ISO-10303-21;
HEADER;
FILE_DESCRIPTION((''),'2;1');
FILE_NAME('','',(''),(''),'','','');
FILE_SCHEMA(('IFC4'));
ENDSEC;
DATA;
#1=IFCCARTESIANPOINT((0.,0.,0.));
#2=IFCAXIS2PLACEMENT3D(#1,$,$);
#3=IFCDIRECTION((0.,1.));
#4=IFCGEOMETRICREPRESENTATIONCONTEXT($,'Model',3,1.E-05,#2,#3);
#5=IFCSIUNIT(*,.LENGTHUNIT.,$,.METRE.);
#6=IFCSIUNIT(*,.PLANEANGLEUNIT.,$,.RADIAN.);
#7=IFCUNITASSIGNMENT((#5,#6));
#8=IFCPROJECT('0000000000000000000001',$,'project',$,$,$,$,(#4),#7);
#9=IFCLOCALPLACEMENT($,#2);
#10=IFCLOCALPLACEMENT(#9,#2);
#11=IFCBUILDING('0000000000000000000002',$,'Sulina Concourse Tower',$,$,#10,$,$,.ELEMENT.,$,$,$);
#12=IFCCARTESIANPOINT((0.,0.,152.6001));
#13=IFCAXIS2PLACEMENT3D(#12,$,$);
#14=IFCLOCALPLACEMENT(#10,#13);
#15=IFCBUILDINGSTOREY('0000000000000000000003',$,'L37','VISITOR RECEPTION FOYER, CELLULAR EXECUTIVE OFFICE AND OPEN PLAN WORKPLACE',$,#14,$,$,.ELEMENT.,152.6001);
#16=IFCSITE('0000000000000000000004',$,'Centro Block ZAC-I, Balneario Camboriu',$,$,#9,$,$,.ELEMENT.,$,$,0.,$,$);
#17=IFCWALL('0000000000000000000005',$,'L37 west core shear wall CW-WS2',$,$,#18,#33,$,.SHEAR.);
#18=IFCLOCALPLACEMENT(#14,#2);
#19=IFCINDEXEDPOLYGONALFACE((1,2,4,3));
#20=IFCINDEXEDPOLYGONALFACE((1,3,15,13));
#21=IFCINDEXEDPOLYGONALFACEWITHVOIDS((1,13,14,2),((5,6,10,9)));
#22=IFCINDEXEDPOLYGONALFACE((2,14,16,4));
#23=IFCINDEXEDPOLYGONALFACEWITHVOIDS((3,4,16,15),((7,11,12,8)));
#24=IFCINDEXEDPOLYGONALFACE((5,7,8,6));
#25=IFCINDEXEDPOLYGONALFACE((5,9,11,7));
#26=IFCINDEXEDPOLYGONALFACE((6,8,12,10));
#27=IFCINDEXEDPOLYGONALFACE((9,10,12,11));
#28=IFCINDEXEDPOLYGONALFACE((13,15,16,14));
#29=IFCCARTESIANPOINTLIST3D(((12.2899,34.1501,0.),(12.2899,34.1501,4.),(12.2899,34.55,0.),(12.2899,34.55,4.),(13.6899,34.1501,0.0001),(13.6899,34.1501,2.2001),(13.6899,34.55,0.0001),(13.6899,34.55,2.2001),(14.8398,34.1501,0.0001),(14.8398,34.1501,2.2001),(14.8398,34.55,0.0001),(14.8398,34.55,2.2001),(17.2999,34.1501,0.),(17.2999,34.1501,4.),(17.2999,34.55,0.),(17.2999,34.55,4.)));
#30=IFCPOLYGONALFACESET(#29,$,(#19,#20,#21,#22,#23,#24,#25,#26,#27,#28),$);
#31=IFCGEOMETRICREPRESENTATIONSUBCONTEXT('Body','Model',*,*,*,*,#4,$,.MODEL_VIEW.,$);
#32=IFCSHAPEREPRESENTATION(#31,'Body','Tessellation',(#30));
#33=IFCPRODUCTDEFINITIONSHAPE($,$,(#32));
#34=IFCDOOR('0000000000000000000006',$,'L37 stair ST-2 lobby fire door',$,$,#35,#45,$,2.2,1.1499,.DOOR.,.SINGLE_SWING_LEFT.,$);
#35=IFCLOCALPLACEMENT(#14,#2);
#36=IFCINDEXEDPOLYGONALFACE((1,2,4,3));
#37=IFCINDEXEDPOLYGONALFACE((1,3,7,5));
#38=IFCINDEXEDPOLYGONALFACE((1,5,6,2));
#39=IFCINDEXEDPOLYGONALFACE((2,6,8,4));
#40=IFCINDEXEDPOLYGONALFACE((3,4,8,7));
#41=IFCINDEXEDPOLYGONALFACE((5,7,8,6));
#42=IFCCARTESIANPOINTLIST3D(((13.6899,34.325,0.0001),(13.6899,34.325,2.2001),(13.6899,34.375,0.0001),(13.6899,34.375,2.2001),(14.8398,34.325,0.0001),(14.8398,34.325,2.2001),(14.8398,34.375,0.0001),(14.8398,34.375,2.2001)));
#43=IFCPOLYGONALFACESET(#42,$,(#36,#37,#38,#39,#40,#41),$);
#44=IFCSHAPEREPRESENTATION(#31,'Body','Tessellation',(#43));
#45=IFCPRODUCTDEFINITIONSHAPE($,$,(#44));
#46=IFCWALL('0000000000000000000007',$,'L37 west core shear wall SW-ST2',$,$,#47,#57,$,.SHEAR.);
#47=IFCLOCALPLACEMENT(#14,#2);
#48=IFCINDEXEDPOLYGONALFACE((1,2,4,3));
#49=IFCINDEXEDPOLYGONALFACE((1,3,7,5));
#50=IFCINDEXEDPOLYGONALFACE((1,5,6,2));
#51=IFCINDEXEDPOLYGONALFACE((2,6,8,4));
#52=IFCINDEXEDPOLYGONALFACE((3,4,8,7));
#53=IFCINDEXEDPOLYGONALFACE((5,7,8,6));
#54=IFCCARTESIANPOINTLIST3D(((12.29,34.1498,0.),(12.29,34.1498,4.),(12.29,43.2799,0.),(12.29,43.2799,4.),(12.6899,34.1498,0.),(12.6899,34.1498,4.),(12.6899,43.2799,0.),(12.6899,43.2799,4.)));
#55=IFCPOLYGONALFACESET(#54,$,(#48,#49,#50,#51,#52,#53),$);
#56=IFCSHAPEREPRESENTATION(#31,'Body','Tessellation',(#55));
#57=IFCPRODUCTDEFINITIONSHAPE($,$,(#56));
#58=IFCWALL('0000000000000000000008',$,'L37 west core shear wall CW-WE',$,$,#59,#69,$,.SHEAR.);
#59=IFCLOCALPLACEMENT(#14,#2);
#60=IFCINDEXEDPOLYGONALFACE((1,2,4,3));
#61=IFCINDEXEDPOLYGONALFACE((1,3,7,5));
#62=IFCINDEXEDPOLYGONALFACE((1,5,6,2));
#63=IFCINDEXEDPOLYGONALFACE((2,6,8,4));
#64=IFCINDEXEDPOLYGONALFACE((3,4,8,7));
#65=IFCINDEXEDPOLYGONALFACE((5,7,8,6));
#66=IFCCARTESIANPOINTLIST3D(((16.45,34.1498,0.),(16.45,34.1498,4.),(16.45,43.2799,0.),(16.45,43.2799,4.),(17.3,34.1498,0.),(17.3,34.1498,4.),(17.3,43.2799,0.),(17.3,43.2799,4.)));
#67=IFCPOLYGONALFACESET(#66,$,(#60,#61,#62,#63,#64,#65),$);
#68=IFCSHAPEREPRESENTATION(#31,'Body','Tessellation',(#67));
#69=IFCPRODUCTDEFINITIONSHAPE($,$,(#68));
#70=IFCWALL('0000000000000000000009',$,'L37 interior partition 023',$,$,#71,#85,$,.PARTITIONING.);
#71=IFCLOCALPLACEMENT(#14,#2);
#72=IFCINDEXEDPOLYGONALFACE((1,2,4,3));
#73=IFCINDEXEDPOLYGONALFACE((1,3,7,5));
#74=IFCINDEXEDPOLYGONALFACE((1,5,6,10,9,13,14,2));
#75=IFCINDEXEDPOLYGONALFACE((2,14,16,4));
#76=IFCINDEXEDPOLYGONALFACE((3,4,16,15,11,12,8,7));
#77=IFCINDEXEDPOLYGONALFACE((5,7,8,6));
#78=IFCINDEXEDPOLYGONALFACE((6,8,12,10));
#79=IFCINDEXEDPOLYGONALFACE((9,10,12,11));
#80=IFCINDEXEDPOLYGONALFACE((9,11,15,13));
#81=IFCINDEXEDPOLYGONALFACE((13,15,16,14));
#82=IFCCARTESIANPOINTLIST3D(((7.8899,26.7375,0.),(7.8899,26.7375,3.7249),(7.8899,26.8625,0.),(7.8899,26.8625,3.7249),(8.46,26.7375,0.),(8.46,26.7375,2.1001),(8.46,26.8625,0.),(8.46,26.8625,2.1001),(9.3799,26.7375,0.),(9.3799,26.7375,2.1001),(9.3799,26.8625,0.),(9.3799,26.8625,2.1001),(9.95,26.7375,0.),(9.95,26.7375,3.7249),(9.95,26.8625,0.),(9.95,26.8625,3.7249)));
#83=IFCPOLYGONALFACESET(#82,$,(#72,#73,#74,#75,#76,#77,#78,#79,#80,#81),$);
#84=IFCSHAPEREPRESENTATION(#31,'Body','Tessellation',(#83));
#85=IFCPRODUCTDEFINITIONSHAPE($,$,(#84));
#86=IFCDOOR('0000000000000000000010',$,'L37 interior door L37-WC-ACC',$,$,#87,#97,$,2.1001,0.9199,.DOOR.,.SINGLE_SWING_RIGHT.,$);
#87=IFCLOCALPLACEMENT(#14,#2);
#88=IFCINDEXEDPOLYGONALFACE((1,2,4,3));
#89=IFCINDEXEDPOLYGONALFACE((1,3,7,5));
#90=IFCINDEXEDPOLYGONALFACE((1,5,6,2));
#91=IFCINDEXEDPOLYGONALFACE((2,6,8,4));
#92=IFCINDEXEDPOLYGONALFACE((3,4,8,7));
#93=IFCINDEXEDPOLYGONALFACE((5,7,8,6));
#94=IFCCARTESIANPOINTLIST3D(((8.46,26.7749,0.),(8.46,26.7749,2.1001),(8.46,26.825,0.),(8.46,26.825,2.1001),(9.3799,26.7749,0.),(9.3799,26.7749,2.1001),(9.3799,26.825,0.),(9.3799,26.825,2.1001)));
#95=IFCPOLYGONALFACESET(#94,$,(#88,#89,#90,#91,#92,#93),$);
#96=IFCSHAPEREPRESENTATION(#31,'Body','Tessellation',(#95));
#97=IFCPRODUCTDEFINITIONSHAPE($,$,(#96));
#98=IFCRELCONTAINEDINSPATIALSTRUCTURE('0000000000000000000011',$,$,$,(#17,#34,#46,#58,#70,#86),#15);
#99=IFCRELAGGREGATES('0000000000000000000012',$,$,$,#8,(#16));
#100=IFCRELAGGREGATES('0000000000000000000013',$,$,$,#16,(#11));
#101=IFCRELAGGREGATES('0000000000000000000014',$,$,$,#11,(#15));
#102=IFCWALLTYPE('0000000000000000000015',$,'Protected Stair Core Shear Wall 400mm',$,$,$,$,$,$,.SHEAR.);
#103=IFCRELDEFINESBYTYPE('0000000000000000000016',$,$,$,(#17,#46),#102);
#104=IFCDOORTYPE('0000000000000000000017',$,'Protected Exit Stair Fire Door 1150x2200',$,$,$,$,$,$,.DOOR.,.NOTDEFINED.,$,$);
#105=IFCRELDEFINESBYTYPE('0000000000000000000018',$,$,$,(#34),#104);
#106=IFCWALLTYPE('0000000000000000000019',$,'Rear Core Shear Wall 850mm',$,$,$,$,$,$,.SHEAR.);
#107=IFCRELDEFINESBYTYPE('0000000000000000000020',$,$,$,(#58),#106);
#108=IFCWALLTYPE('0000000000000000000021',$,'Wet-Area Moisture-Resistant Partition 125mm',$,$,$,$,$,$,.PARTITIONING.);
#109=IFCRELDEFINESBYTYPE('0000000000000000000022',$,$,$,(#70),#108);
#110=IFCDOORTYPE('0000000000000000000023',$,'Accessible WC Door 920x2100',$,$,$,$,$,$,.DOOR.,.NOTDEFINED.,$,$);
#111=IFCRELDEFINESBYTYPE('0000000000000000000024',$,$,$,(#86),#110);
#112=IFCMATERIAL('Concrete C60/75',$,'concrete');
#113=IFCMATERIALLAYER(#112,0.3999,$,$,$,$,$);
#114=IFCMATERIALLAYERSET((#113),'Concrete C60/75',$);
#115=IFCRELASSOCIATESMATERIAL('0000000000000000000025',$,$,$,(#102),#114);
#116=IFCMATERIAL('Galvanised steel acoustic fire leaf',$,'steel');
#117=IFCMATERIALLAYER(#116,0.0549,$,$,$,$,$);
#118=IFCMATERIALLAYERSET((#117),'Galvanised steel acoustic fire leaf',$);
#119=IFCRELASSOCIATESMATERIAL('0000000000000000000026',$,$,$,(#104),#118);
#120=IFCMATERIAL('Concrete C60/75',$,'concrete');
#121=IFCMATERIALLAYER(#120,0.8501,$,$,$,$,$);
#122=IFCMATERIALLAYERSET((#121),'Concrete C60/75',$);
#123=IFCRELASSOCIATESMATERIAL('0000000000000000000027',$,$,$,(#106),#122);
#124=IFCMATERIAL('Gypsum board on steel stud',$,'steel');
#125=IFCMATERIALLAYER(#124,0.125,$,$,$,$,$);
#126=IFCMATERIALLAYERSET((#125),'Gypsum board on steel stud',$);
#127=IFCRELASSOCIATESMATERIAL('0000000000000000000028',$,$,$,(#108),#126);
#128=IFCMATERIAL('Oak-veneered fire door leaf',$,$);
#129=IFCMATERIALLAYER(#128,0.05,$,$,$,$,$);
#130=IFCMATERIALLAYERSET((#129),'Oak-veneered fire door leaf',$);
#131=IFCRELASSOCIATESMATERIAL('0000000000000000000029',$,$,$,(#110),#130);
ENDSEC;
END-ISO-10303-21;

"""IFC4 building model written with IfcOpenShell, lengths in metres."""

from ifc_helpers import new_model, si_unit, direction, frame, frame_2d, origin, place, context, subcontext, project, spatial, rectangle, extrude, material, layer, layer_set, type_object, element, fill, save


model = new_model("IFC4")

# Units and contexts
model_context = context("Model", 3, precision=1e-05, world=origin(), true_north=direction((0.0, 1.0)))
body_context = subcontext(model_context, "Body", "Model", "MODEL_VIEW")
ifc_project = project(units=[si_unit("LENGTHUNIT", "METRE"), si_unit("PLANEANGLEUNIT", "RADIAN")], contexts=[model_context])

# Site, building, storey
site_placement = place(None, origin())
site = spatial("IfcSite", under=ifc_project, at=site_placement, Name="Centro Block ZAC-I, Balneario Camboriu", CompositionType="ELEMENT", RefElevation=0.0)
building_placement = place(site_placement, origin())
building = spatial("IfcBuilding", under=site, at=building_placement, Name="Sulina Concourse Tower", CompositionType="ELEMENT")
storey_placement = place(building_placement, frame((0.0, 0.0, 152.6001)))
storey = spatial("IfcBuildingStorey", under=building, at=storey_placement, Name="L37", Description="VISITOR RECEPTION FOYER, CELLULAR EXECUTIVE OFFICE AND OPEN PLAN WORKPLACE", CompositionType="ELEMENT", Elevation=152.6001)

# Wall, opening, door
ifc_material_1 = material(Name="Concrete C60/75", Category="concrete")
ifc_layer_1 = layer(ifc_material_1, 0.3999)
ifc_layer_set_1 = layer_set([ifc_layer_1], Name="Concrete C60/75")
wall_type_1 = type_object("IfcWallType", Name="Protected Stair Core Shear Wall 400mm", PredefinedType="SHEAR", material=ifc_layer_set_1)
wall_1_placement = place(storey_placement, frame((12.29, 34.3501, 0.0), z_axis=(0.0, 0.0, 1.0), x_axis=(1.0, 0.0, 0.0)))
wall_1 = element("IfcWall", 1, at=wall_1_placement, inside=storey, type_object=wall_type_1, Name="L37 west core shear wall CW-WS2", PredefinedType="SHEAR", context=body_context, shape_type="SweptSolid", body=[
    extrude(rectangle(XDim=5.01, YDim=0.3999, at=frame_2d((2.5049, 0.0))), origin(), (0.0, 0.0, 1.0), 4.0),
])
opening_1_placement = place(wall_1_placement, frame((1.3999, 0.0, 0.0)))
opening_1 = element("IfcOpeningElement", 2, at=opening_1_placement, cuts=wall_1, PredefinedType="OPENING", context=body_context, shape_type="SweptSolid", body=[
    extrude(rectangle(XDim=1.1499, YDim=2.2, at=frame_2d((0.575, 1.1001))), frame((0.0, 0.21, 0.0), z_axis=(0.0, -1.0, 0.0), x_axis=(1.0, 0.0, 0.0)), (0.0, 0.0, 1.0), 0.4199),
])
ifc_material_2 = material(Name="Galvanised steel acoustic fire leaf", Category="steel")
ifc_layer_2 = layer(ifc_material_2, 0.0549)
ifc_layer_set_2 = layer_set([ifc_layer_2], Name="Galvanised steel acoustic fire leaf")
door_type_1 = type_object("IfcDoorType", Name="Protected Exit Stair Fire Door 1150x2200", OperationType="NOTDEFINED", PredefinedType="DOOR", material=ifc_layer_set_2)
door_1_placement = place(opening_1_placement, origin())
door_1 = element("IfcDoor", 3, at=door_1_placement, inside=storey, type_object=door_type_1, Name="L37 stair ST-2 lobby fire door", OperationType="SINGLE_SWING_LEFT", OverallHeight=2.2, OverallWidth=1.1499, PredefinedType="DOOR", context=body_context, shape_type="SweptSolid", body=[
    extrude(rectangle(XDim=1.1499, YDim=2.2, at=frame_2d((0.575, 1.1001))), frame((0.0, 0.0249, 0.0), z_axis=(0.0, -1.0, 0.0), x_axis=(1.0, 0.0, 0.0)), (0.0, 0.0, 1.0), 0.05),
])
fill(opening_1, door_1)

# Walls
wall_2_placement = place(storey_placement, frame((12.49, 34.1499, 0.0), z_axis=(0.0, 0.0, 1.0), x_axis=(0.0, 1.0, 0.0)))
element("IfcWall", 4, at=wall_2_placement, inside=storey, type_object=wall_type_1, Name="L37 west core shear wall SW-ST2", PredefinedType="SHEAR", context=body_context, shape_type="SweptSolid", body=[
    extrude(rectangle(XDim=9.1301, YDim=0.3999, at=frame_2d((4.5649, 0.0))), origin(), (0.0, 0.0, 1.0), 4.0),
])
ifc_material_3 = material(Name="Concrete C60/75", Category="concrete")
ifc_layer_3 = layer(ifc_material_3, 0.8501)
ifc_layer_set_3 = layer_set([ifc_layer_3], Name="Concrete C60/75")
wall_type_2 = type_object("IfcWallType", Name="Rear Core Shear Wall 850mm", PredefinedType="SHEAR", material=ifc_layer_set_3)
wall_3_placement = place(storey_placement, frame((16.875, 34.1499, 0.0), z_axis=(0.0, 0.0, 1.0), x_axis=(0.0, 1.0, 0.0)))
element("IfcWall", 5, at=wall_3_placement, inside=storey, type_object=wall_type_2, Name="L37 west core shear wall CW-WE", PredefinedType="SHEAR", context=body_context, shape_type="SweptSolid", body=[
    extrude(rectangle(XDim=9.1301, YDim=0.8501, at=frame_2d((4.5649, 0.0))), origin(), (0.0, 0.0, 1.0), 4.0),
])

# Wall, opening, door
ifc_material_4 = material(Name="Gypsum board on steel stud", Category="steel")
ifc_layer_4 = layer(ifc_material_4, 0.125)
ifc_layer_set_4 = layer_set([ifc_layer_4], Name="Gypsum board on steel stud")
wall_type_3 = type_object("IfcWallType", Name="Wet-Area Moisture-Resistant Partition 125mm", PredefinedType="PARTITIONING", material=ifc_layer_set_4)
wall_4_placement = place(storey_placement, frame((7.8899, 26.8, 0.0), z_axis=(0.0, 0.0, 1.0), x_axis=(1.0, 0.0, 0.0)))
wall_4 = element("IfcWall", 6, at=wall_4_placement, inside=storey, type_object=wall_type_3, Name="L37 interior partition 023", PredefinedType="PARTITIONING", context=body_context, shape_type="SweptSolid", body=[
    extrude(rectangle(XDim=2.0601, YDim=0.125, at=frame_2d((1.03, 0.0))), origin(), (0.0, 0.0, 1.0), 3.7249),
])
opening_2_placement = place(wall_4_placement, frame((0.5701, 0.0, 0.0)))
opening_2 = element("IfcOpeningElement", 7, at=opening_2_placement, cuts=wall_4, PredefinedType="OPENING", context=body_context, shape_type="SweptSolid", body=[
    extrude(rectangle(XDim=0.9199, YDim=2.1001, at=frame_2d((0.46, 1.05))), frame((0.0, 0.0725, 0.0), z_axis=(0.0, -1.0, 0.0), x_axis=(1.0, 0.0, 0.0)), (0.0, 0.0, 1.0), 0.145),
])
ifc_material_5 = material(Name="Oak-veneered fire door leaf")
ifc_layer_5 = layer(ifc_material_5, 0.05)
ifc_layer_set_5 = layer_set([ifc_layer_5], Name="Oak-veneered fire door leaf")
door_type_2 = type_object("IfcDoorType", Name="Accessible WC Door 920x2100", OperationType="NOTDEFINED", PredefinedType="DOOR", material=ifc_layer_set_5)
door_2_placement = place(opening_2_placement, origin())
door_2 = element("IfcDoor", 8, at=door_2_placement, inside=storey, type_object=door_type_2, Name="L37 interior door L37-WC-ACC", OperationType="SINGLE_SWING_RIGHT", OverallHeight=2.1001, OverallWidth=0.9199, PredefinedType="DOOR", context=body_context, shape_type="SweptSolid", body=[
    extrude(rectangle(XDim=0.9199, YDim=2.1001, at=frame_2d((0.46, 1.05))), frame((0.0, 0.0249, 0.0), z_axis=(0.0, -1.0, 0.0), x_axis=(1.0, 0.0, 0.0)), (0.0, 0.0, 1.0), 0.05),
])
fill(opening_2, door_2)

save(model, "model.ifc")
